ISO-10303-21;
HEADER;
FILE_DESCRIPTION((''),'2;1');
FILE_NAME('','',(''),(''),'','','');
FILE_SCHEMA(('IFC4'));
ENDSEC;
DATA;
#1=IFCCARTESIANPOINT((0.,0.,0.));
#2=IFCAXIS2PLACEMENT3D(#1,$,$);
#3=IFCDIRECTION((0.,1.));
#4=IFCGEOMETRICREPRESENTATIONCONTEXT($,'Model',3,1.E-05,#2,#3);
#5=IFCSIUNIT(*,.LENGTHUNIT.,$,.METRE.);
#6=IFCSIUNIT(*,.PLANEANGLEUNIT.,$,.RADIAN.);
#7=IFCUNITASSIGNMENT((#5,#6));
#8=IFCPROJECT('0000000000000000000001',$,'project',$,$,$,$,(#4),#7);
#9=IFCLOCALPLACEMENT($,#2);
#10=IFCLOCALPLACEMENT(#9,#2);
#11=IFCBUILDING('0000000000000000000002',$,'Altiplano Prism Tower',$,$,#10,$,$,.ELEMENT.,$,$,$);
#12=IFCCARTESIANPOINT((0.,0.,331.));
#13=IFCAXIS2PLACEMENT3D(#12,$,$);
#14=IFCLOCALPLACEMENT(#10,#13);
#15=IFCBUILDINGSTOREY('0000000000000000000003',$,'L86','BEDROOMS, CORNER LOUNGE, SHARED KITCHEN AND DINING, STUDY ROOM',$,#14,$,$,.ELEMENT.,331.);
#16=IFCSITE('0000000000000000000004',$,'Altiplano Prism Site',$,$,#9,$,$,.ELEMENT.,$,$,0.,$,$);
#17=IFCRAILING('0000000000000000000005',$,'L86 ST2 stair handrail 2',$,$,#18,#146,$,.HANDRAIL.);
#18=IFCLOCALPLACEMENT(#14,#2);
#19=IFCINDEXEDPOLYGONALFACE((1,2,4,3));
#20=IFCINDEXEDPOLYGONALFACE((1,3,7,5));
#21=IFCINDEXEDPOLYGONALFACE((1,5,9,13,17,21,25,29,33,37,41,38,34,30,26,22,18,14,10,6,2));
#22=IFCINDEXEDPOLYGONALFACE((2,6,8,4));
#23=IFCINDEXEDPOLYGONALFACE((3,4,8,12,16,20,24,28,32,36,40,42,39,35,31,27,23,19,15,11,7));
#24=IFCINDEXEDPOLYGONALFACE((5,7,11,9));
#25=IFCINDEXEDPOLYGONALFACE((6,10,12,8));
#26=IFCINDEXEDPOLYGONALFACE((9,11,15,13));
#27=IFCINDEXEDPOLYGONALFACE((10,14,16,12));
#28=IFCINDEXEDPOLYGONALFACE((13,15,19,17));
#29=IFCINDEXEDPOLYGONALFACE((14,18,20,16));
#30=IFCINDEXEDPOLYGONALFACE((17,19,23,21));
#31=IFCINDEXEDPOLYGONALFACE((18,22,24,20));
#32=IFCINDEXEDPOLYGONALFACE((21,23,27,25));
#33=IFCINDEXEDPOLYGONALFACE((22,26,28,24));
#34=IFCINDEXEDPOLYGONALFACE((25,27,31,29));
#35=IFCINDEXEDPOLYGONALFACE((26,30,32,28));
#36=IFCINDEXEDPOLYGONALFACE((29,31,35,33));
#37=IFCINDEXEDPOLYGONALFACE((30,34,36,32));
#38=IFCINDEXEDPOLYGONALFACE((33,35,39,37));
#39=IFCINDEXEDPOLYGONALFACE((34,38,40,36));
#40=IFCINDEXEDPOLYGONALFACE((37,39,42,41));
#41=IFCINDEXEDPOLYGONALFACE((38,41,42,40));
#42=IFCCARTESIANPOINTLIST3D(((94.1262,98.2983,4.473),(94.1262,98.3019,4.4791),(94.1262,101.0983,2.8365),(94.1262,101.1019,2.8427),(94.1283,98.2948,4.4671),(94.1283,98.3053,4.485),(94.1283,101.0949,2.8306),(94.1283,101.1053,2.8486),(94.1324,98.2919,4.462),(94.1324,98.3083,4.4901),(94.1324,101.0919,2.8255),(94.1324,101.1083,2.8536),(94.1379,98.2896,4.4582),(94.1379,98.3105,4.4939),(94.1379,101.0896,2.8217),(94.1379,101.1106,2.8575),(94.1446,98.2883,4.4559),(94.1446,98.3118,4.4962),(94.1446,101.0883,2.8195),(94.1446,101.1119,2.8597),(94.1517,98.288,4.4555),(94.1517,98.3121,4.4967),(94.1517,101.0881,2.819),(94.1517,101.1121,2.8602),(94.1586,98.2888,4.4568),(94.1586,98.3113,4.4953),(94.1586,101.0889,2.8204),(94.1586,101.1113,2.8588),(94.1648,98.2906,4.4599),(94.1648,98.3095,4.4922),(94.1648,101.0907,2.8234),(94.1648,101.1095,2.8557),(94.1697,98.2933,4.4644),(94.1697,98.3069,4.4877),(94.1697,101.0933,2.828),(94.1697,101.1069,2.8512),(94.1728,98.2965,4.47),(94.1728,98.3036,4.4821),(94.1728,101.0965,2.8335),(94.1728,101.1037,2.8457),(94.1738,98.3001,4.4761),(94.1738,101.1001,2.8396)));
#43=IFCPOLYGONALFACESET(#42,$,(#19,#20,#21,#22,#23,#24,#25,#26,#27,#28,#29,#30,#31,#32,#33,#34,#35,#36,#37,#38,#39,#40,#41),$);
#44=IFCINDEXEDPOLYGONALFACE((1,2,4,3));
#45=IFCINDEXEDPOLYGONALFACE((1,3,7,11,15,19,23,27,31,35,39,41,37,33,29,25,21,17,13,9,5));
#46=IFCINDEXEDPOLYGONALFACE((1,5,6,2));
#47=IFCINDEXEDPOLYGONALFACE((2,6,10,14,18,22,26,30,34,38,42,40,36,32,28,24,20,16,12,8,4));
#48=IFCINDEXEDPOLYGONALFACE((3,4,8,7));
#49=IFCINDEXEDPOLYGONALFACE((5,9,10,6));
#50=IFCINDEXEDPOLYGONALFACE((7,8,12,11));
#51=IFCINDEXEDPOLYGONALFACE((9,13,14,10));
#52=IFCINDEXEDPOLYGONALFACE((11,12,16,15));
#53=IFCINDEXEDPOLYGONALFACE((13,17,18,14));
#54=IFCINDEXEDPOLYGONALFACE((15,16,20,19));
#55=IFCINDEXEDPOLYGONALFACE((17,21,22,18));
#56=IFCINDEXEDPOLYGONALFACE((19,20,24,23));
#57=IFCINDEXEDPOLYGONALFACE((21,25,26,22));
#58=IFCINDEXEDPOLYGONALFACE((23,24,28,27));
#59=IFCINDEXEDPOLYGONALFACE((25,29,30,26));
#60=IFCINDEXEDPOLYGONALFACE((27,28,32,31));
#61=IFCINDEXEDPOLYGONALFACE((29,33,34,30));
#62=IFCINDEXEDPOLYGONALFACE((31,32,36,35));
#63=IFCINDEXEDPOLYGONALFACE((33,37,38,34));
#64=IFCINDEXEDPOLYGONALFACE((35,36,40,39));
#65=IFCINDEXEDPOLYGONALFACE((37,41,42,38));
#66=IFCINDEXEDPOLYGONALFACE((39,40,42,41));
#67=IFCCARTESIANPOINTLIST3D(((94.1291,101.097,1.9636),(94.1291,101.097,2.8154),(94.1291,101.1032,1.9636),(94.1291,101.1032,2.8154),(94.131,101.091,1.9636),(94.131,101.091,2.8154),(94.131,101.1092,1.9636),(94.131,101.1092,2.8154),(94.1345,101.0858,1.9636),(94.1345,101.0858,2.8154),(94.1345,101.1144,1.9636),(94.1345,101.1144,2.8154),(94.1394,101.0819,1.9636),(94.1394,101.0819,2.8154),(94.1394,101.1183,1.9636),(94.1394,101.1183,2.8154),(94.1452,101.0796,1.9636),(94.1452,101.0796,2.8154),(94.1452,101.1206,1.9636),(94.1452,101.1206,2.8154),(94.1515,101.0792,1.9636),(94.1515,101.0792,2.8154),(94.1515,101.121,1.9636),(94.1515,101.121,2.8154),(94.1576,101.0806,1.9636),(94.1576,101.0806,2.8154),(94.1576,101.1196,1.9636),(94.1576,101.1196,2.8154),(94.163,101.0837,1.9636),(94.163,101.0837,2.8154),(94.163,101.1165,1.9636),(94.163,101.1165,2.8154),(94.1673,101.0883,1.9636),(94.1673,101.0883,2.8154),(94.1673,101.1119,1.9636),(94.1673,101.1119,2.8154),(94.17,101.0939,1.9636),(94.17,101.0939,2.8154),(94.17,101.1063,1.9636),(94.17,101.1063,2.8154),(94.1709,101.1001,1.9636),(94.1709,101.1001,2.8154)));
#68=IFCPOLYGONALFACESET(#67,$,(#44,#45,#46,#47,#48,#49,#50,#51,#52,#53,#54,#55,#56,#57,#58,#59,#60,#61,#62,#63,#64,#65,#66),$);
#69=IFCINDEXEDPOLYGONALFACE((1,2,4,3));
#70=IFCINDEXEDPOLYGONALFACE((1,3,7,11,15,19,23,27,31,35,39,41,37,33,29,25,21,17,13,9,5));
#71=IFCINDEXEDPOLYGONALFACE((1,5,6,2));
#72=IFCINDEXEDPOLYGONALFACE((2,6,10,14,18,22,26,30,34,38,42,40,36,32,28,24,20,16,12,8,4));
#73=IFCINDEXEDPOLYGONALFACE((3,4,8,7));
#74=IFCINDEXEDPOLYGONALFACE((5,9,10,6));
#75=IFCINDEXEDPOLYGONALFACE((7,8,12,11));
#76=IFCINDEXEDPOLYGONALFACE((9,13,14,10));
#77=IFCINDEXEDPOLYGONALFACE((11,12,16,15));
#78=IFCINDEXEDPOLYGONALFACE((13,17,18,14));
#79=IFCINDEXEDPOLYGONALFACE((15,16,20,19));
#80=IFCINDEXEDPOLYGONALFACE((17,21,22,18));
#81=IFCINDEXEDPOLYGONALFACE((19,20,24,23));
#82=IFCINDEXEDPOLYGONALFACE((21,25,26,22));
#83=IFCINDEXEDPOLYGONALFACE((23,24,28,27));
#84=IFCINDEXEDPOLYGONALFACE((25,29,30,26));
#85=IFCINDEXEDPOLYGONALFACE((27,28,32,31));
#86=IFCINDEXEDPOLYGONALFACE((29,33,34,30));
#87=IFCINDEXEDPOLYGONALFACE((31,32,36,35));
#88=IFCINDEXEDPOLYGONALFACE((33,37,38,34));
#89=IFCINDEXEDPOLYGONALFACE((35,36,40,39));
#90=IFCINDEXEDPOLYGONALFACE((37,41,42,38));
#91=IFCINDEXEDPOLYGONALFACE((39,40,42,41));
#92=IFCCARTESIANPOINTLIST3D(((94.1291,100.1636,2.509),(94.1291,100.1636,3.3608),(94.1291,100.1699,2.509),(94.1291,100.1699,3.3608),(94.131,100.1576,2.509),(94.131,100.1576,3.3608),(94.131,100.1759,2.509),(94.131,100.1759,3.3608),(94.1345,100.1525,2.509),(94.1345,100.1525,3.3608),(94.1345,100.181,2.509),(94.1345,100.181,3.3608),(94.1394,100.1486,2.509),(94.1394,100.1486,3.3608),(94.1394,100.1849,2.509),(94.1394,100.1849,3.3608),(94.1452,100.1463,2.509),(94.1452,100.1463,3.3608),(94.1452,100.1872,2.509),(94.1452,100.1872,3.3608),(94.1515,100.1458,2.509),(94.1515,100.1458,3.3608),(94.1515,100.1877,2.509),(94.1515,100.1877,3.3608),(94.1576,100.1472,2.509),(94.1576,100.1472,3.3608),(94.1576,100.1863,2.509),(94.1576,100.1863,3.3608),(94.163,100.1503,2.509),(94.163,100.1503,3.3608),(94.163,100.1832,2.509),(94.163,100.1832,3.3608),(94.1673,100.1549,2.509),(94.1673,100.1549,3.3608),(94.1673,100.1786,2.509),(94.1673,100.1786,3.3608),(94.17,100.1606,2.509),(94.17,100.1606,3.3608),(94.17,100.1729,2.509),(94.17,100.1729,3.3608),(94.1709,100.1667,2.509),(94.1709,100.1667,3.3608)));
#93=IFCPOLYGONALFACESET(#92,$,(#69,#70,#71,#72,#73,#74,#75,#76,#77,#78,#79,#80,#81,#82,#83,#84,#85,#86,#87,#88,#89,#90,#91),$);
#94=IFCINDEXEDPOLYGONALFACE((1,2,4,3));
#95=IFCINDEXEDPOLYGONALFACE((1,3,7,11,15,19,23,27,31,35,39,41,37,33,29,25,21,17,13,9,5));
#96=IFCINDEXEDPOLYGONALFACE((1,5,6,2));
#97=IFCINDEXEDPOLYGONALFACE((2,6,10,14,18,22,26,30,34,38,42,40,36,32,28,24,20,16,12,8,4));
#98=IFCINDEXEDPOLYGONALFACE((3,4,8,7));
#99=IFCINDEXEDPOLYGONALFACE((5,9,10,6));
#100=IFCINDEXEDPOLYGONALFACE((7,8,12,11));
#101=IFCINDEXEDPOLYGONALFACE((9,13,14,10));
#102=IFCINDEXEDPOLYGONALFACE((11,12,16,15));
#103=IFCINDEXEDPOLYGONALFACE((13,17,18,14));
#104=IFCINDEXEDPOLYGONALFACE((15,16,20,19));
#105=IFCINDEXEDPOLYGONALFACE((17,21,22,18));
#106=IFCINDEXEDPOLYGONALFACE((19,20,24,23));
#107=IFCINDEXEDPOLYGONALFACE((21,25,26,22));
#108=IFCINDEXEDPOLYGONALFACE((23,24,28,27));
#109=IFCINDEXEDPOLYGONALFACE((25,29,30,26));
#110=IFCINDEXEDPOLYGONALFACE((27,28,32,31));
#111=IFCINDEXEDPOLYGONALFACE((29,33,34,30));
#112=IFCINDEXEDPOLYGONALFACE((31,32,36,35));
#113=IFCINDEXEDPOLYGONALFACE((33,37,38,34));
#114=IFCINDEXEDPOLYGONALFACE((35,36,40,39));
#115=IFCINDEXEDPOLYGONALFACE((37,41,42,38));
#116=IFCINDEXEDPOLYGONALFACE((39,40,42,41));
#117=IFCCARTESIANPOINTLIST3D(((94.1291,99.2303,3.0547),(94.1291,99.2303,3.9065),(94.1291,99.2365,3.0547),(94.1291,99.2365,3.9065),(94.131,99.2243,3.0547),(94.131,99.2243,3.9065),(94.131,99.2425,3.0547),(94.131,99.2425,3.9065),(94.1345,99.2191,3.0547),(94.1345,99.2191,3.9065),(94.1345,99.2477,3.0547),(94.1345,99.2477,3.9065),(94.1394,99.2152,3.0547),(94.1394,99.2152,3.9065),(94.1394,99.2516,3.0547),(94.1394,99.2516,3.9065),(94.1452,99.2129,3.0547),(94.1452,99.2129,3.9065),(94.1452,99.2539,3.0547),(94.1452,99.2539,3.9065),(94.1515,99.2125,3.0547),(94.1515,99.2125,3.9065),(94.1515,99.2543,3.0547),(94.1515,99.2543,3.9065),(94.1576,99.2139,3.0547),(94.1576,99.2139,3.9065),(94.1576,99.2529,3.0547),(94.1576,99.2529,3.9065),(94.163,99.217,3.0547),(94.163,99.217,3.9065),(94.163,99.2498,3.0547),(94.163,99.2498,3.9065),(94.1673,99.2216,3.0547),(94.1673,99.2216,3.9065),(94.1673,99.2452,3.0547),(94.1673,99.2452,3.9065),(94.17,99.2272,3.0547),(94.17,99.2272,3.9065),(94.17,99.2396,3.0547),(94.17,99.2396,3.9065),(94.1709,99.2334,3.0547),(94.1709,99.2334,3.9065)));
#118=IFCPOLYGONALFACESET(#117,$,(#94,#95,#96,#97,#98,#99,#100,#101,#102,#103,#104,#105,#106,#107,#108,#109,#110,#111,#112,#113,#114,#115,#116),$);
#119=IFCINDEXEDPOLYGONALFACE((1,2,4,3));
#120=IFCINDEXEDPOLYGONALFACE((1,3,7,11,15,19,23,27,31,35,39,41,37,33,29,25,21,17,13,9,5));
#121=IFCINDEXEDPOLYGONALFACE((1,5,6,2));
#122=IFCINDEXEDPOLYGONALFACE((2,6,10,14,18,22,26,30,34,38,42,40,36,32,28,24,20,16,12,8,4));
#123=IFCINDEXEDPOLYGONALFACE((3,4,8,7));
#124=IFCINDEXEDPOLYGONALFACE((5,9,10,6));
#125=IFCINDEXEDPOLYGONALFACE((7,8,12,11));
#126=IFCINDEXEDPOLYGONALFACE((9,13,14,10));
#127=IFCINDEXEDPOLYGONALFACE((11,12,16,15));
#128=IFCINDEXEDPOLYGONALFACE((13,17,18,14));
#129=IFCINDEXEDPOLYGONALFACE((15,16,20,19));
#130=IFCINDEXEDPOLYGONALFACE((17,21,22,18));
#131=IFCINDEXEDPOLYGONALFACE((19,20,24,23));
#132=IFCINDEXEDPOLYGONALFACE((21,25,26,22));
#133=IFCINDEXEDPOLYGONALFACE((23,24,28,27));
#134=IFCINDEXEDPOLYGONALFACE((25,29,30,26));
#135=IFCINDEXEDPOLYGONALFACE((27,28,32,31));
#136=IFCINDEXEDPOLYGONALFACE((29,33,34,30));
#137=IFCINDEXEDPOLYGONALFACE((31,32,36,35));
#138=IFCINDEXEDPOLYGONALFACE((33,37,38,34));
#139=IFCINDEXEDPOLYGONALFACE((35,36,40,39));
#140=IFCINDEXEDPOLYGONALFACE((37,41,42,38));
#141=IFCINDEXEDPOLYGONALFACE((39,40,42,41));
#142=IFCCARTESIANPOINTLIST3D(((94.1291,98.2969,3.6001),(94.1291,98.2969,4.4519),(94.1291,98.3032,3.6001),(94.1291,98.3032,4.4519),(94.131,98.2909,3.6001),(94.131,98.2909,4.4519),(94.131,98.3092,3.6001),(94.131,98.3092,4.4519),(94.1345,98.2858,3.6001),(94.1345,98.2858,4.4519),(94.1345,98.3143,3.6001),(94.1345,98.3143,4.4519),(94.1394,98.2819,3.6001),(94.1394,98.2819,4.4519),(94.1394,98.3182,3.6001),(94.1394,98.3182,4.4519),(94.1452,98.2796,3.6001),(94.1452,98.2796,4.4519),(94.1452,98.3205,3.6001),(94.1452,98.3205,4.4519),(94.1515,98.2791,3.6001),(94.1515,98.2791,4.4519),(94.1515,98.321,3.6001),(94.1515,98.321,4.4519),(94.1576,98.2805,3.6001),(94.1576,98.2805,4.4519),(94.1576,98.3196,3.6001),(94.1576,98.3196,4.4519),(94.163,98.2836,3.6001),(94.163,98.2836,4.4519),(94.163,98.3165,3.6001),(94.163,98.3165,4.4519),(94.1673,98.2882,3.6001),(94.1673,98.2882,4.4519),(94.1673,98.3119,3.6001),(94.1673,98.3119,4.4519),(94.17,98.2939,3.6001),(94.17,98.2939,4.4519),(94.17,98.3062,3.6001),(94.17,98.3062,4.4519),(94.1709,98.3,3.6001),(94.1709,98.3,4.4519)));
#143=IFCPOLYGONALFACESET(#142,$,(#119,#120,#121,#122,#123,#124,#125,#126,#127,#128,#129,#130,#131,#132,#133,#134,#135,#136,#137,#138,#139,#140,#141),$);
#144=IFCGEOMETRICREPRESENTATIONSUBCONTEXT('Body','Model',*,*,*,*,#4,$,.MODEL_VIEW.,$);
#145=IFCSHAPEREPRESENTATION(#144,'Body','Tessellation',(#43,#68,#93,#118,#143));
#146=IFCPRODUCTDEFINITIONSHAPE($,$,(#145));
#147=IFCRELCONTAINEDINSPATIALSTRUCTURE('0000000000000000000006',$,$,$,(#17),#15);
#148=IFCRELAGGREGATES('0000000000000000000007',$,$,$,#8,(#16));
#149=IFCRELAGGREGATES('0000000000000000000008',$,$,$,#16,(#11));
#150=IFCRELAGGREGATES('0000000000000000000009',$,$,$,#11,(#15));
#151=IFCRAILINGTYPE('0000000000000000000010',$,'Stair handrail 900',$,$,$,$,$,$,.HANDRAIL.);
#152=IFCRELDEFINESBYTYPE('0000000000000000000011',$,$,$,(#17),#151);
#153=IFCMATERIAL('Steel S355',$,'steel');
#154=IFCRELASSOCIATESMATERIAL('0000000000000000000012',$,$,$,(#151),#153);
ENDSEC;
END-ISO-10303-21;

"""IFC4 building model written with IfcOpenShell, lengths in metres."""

from ifc_helpers import new_model, si_unit, direction, frame, origin, origin_2d, place, context, subcontext, project, spatial, circle, extrude, material, type_object, element, save


model = new_model("IFC4")

# Units and contexts
model_context = context("Model", 3, precision=1e-05, world=origin(), true_north=direction((0.0, 1.0)))
body_context = subcontext(model_context, "Body", "Model", "MODEL_VIEW")
ifc_project = project(units=[si_unit("LENGTHUNIT", "METRE"), si_unit("PLANEANGLEUNIT", "RADIAN")], contexts=[model_context])

# Site, building, storey
site_placement = place(None, origin())
site = spatial("IfcSite", under=ifc_project, at=site_placement, Name="Altiplano Prism Site", CompositionType="ELEMENT", RefElevation=0.0)
building_placement = place(site_placement, origin())
building = spatial("IfcBuilding", under=site, at=building_placement, Name="Altiplano Prism Tower", CompositionType="ELEMENT")
storey_placement = place(building_placement, frame((0.0, 0.0, 331.0)))
storey = spatial("IfcBuildingStorey", under=building, at=storey_placement, Name="L86", Description="BEDROOMS, CORNER LOUNGE, SHARED KITCHEN AND DINING, STUDY ROOM", CompositionType="ELEMENT", Elevation=331.0)

# Shared definitions
ifc_material_1 = material(Name="Steel S355", Category="steel")

# Railing
railing_type_1 = type_object("IfcRailingType", Name="Stair handrail 900", PredefinedType="HANDRAIL", material=ifc_material_1)
railing_1_placement = place(storey_placement, frame((94.1499, 101.1001, 1.9636)))
element("IfcRailing", 1, at=railing_1_placement, inside=storey, type_object=railing_type_1, Name="L86 ST2 stair handrail 2", PredefinedType="HANDRAIL", context=body_context, shape_type="SweptSolid", body=[
    extrude(circle(Radius=0.0239, at=origin_2d()), frame((0.0, 0.0, 0.876), z_axis=(0.0, -0.863361, 0.504587), x_axis=(1.0, 0.0, 0.0)), (0.0, 0.0, 1.0), 3.2432),
    extrude(circle(Radius=0.021, at=origin_2d()), origin(), (0.0, 0.0, 1.0), 0.8518),
    extrude(circle(Radius=0.021, at=origin_2d()), frame((0.0, -0.9333, 0.5454)), (0.0, 0.0, 1.0), 0.8518),
    extrude(circle(Radius=0.021, at=origin_2d()), frame((0.0, -1.8667, 1.0911)), (0.0, 0.0, 1.0), 0.8518),
    extrude(circle(Radius=0.021, at=origin_2d()), frame((0.0, -2.8, 1.6365)), (0.0, 0.0, 1.0), 0.8518),
])

save(model, "model.ifc")
